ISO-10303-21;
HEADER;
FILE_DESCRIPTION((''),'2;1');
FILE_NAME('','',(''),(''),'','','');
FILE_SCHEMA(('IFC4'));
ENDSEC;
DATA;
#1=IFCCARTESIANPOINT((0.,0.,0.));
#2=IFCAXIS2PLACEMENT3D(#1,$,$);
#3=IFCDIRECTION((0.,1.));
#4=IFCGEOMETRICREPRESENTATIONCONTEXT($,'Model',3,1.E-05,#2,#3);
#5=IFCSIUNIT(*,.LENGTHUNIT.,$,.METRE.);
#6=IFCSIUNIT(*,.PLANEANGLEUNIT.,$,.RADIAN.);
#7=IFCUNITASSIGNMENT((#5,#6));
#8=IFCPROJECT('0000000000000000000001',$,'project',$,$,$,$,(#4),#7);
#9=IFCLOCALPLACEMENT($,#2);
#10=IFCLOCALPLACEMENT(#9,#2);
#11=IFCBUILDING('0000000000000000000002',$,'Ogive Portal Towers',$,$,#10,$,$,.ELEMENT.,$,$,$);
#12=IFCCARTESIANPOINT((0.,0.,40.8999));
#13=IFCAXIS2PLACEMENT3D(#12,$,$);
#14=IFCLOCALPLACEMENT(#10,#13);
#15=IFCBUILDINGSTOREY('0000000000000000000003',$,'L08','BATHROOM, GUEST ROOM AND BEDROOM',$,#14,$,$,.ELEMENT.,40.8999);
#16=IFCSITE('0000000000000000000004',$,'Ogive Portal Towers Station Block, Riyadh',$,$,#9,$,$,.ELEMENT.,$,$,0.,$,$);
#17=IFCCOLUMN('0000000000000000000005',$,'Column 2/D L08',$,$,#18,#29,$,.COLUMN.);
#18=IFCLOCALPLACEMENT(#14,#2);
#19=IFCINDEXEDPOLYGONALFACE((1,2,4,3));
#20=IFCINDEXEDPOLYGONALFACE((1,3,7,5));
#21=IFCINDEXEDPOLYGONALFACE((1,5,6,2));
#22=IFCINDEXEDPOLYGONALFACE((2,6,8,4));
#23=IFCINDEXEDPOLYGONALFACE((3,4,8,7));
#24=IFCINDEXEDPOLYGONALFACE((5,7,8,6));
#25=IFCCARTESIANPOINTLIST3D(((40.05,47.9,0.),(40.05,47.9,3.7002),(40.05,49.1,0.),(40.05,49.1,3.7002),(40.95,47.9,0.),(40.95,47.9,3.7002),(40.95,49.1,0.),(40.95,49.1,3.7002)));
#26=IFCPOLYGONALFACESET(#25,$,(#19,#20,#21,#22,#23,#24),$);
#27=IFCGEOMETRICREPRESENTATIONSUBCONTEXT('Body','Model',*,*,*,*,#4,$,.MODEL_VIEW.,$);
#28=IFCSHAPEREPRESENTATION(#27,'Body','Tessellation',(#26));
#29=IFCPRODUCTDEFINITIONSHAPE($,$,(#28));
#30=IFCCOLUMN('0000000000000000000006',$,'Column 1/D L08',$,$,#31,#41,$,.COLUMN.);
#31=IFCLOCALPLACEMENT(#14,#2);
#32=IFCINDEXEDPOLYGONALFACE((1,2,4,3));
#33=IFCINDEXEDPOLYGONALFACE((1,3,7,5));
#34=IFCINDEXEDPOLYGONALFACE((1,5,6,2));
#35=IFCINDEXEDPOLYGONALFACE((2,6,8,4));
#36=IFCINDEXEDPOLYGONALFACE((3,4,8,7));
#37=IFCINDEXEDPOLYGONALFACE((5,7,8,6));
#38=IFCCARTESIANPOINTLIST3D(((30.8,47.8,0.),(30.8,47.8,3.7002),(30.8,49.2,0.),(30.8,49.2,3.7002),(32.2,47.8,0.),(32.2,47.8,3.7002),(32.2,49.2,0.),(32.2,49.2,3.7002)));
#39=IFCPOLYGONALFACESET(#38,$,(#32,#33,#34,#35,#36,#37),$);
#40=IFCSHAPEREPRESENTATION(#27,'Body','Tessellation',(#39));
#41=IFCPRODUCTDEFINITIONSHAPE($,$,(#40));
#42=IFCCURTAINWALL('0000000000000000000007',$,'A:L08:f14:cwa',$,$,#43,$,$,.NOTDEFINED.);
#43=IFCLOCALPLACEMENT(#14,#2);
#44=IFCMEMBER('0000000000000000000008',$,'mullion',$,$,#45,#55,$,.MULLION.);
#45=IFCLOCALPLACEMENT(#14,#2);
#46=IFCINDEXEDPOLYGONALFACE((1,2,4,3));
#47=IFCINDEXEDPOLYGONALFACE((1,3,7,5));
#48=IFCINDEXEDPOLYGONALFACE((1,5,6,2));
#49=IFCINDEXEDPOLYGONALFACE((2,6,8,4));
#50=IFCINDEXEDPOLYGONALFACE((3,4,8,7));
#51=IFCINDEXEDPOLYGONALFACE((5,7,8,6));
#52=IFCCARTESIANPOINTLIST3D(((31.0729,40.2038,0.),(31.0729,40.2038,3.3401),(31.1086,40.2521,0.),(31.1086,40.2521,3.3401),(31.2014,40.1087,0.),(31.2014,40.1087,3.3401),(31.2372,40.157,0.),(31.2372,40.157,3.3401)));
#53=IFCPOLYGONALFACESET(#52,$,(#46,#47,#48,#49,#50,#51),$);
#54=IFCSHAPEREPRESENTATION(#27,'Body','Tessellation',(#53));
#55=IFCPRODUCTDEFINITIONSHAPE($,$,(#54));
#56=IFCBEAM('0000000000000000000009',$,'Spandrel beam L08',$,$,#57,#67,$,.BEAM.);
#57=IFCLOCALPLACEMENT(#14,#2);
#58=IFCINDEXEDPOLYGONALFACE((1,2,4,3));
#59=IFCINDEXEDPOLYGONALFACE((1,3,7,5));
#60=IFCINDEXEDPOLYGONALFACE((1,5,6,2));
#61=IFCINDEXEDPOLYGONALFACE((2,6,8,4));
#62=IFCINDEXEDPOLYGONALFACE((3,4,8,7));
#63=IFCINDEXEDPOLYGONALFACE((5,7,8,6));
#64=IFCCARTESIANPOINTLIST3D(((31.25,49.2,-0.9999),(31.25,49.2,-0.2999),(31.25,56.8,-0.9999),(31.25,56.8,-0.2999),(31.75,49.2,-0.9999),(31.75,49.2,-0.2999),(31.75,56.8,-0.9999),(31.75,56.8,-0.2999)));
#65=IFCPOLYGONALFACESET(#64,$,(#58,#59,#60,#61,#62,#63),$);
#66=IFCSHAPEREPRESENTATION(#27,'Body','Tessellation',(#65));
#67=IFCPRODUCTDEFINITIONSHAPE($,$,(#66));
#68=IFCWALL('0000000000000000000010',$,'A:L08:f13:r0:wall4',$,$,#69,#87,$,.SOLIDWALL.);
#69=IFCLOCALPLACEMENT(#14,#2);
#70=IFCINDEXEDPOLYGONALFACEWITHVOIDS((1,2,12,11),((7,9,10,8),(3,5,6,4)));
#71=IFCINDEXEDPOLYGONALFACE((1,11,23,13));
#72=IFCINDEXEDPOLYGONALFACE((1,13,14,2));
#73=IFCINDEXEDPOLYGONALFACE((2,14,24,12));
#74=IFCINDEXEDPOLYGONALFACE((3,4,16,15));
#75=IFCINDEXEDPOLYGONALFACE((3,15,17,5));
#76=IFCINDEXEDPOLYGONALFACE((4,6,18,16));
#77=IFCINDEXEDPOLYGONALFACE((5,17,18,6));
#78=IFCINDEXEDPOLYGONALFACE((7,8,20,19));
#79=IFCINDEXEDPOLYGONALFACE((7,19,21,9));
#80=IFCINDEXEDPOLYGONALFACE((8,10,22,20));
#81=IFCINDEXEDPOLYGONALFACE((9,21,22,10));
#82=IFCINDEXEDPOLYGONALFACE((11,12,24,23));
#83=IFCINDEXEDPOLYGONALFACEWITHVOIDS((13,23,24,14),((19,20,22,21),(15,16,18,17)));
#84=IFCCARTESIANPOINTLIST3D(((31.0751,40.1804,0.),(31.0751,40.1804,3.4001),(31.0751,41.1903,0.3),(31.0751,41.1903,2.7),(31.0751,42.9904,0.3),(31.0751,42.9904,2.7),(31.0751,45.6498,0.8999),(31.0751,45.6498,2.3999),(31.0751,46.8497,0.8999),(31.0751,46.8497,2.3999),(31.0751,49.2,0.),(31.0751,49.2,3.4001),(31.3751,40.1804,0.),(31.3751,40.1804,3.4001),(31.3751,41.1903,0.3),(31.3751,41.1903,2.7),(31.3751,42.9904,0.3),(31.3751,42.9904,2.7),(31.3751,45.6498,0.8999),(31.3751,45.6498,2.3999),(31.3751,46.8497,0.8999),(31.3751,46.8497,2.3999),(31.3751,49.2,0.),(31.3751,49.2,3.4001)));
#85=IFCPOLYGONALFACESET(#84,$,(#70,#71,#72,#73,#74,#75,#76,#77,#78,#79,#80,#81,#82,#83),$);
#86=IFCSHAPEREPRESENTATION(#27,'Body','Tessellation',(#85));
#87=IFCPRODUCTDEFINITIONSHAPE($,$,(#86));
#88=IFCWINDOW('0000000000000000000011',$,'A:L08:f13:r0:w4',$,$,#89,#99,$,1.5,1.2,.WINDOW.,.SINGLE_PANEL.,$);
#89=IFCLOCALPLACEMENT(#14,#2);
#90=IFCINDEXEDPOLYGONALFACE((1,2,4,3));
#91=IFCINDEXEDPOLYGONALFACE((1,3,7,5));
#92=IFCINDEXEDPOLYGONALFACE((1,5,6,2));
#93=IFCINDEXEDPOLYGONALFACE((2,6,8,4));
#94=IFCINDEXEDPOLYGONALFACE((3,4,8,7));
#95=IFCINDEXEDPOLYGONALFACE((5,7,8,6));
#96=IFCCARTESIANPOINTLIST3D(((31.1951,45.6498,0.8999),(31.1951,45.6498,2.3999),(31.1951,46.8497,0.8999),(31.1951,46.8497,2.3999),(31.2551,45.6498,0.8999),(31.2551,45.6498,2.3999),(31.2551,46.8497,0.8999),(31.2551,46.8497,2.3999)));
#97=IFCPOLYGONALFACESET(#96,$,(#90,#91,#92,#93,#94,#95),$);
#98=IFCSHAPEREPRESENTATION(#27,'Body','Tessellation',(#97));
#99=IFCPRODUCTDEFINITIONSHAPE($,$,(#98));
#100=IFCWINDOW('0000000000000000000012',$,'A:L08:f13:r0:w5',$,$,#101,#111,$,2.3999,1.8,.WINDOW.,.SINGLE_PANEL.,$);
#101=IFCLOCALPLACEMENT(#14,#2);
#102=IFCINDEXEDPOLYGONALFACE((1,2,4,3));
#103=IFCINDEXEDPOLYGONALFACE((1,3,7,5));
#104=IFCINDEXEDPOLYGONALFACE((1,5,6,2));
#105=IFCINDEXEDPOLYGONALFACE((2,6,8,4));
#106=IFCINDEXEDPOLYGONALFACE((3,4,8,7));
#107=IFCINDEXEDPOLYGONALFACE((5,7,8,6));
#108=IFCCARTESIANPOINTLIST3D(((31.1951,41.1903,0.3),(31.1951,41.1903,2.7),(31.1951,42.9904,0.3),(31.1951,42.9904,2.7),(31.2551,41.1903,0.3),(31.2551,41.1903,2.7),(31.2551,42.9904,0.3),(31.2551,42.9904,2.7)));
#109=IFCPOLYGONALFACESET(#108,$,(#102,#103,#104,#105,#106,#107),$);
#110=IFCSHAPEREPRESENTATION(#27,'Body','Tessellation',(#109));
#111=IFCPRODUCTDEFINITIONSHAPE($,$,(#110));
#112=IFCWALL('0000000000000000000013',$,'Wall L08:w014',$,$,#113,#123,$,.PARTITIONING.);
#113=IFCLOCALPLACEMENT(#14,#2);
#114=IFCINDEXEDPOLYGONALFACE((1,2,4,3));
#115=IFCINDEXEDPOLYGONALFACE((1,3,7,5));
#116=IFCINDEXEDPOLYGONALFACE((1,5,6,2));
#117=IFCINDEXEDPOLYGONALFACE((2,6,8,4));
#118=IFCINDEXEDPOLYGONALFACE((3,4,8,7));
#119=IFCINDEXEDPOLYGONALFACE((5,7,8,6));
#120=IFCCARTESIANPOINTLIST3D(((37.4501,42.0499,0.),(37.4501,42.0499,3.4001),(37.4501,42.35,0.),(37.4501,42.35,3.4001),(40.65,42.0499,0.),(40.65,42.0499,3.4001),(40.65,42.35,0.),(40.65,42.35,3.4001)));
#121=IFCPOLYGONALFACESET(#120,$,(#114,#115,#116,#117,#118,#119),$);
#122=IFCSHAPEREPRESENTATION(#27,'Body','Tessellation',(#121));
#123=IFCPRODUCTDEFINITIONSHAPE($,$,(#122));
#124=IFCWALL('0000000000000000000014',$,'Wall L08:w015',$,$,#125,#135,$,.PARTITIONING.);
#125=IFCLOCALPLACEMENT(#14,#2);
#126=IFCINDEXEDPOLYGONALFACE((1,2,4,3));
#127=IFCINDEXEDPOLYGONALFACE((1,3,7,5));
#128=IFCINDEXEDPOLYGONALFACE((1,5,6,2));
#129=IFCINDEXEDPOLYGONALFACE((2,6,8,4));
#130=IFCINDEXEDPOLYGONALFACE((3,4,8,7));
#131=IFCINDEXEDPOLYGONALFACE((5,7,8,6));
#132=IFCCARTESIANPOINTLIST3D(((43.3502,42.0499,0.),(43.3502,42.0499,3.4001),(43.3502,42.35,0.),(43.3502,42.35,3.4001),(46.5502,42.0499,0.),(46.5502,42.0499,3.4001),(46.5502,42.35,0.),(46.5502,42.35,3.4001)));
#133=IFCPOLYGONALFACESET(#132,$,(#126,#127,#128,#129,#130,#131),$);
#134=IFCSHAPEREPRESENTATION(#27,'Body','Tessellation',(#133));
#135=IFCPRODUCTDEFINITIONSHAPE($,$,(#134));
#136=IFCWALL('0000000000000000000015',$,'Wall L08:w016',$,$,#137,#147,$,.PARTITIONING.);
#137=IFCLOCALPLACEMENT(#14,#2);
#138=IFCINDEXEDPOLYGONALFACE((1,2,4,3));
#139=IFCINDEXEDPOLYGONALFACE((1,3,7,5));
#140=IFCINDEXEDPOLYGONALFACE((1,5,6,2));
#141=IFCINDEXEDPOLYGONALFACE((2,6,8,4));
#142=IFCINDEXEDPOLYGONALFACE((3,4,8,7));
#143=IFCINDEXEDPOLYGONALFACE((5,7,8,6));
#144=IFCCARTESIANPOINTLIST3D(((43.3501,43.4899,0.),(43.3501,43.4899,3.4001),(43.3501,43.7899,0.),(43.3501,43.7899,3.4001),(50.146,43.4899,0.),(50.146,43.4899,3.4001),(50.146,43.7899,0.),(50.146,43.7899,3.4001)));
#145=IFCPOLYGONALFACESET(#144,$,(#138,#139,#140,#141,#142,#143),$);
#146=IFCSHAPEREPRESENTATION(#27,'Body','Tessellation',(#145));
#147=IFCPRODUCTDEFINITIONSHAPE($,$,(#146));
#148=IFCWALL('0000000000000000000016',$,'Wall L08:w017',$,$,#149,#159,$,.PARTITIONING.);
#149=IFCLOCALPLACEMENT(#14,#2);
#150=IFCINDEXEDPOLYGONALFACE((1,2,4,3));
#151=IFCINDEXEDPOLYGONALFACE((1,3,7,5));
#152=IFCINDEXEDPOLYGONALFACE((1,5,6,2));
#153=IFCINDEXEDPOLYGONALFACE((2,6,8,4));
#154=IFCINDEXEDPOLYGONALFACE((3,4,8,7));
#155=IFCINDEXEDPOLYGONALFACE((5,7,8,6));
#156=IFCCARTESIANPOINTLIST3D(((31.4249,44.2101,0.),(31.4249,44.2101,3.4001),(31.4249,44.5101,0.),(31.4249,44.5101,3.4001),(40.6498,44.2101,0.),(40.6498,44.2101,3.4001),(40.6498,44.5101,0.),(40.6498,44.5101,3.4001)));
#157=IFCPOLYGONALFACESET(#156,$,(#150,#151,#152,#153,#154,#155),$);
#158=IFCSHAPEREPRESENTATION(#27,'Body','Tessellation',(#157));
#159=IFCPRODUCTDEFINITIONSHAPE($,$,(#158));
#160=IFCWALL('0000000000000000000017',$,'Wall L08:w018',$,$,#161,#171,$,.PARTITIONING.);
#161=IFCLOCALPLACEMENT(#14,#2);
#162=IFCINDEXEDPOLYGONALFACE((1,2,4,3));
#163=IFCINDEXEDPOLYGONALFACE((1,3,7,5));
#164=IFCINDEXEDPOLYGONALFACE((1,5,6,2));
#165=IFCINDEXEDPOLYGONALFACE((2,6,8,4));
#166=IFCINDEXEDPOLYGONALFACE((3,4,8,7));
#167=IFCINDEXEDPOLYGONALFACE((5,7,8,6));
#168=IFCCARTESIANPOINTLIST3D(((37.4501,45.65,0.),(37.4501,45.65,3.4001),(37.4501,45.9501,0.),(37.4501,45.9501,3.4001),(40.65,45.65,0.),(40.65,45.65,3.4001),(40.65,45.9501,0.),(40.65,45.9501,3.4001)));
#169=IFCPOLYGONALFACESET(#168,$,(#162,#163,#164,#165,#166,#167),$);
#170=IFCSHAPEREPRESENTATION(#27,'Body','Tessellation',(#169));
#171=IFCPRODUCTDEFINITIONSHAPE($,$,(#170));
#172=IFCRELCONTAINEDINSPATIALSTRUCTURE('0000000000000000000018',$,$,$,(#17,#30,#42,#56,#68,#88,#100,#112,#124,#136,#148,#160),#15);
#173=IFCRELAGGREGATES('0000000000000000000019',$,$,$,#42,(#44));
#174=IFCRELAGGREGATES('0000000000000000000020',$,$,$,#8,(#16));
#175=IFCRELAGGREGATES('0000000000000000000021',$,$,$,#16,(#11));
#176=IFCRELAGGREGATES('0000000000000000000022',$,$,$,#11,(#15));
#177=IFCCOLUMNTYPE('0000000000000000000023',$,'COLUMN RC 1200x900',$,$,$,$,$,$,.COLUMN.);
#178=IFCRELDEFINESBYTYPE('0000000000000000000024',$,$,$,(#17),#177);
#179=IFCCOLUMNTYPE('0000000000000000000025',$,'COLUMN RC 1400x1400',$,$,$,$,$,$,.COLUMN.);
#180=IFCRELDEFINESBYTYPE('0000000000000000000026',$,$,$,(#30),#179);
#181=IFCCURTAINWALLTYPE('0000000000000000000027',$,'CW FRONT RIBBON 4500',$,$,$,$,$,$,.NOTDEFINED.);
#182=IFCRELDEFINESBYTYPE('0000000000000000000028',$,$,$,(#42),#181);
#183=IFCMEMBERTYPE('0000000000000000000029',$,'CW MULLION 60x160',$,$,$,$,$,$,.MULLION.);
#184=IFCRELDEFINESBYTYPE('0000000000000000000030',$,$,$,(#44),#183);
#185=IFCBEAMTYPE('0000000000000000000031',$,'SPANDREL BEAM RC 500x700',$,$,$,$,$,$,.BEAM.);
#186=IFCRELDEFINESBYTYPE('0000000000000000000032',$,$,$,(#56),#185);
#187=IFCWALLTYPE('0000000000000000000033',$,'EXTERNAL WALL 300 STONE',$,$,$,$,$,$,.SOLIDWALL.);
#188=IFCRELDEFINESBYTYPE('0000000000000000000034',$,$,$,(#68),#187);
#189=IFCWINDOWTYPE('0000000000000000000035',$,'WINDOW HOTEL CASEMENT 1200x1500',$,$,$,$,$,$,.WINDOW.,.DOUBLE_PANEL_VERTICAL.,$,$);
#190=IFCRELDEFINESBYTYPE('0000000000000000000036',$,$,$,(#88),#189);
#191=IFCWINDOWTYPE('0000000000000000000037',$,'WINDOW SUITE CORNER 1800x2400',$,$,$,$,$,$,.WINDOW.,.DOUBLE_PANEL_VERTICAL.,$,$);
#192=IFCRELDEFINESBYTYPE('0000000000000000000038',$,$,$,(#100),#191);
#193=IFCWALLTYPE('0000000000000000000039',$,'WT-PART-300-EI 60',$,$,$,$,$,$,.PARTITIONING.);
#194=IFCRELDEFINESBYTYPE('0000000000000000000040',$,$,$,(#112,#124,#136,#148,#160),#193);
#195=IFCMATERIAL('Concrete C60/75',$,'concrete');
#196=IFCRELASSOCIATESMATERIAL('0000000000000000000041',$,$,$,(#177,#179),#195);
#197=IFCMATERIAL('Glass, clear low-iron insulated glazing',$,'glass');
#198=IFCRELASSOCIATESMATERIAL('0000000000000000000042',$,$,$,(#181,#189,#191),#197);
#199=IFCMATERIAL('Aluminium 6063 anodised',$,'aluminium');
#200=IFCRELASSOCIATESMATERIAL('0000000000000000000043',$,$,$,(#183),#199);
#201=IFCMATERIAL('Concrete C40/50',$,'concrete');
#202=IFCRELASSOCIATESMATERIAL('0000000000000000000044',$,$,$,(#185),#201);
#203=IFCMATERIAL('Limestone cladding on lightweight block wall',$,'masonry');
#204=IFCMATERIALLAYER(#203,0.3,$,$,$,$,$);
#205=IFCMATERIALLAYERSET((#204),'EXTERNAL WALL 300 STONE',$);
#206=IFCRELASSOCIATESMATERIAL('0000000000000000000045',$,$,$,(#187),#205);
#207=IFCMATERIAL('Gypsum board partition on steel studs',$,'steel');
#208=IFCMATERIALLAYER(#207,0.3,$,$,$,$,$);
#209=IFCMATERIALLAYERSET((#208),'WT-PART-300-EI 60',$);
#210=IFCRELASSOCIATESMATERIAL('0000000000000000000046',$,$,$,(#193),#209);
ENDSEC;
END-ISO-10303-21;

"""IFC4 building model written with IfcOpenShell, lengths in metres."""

from ifc_helpers import new_model, si_unit, direction, frame, frame_2d, origin, origin_2d, place, context, subcontext, project, spatial, rectangle, extrude, material, layer, layer_set, material_profile, profile_set, type_object, element, fill, aggregate, save


model = new_model("IFC4")

# Units and contexts
model_context = context("Model", 3, precision=1e-05, world=origin(), true_north=direction((0.0, 1.0)))
body_context = subcontext(model_context, "Body", "Model", "MODEL_VIEW")
ifc_project = project(units=[si_unit("LENGTHUNIT", "METRE"), si_unit("PLANEANGLEUNIT", "RADIAN")], contexts=[model_context])

# Site, building, storey
site_placement = place(None, origin())
site = spatial("IfcSite", under=ifc_project, at=site_placement, Name="Ogive Portal Towers Station Block, Riyadh", CompositionType="ELEMENT", RefElevation=0.0)
building_placement = place(site_placement, origin())
building = spatial("IfcBuilding", under=site, at=building_placement, Name="Ogive Portal Towers", CompositionType="ELEMENT")
storey_placement = place(building_placement, frame((0.0, 0.0, 40.8999)))
storey = spatial("IfcBuildingStorey", under=building, at=storey_placement, Name="L08", Description="BATHROOM, GUEST ROOM AND BEDROOM", CompositionType="ELEMENT", Elevation=40.8999)

# Columns
ifc_material_1 = material(Name="Concrete C60/75", Category="concrete")
ifc_material_profile_1 = material_profile(ifc_material_1, rectangle(XDim=1.2, YDim=0.8999, at=origin_2d()), Name="RC 1200x900")
ifc_profile_set_1 = profile_set([ifc_material_profile_1], Name="Concrete C60/75")
column_type_1 = type_object("IfcColumnType", Name="COLUMN RC 1200x900", PredefinedType="COLUMN", material=ifc_profile_set_1)
column_1_placement = place(storey_placement, frame((40.5, 48.5, 0.0), z_axis=(0.0, 0.0, 1.0), x_axis=(0.0, 1.0, 0.0)))
element("IfcColumn", 1, at=column_1_placement, inside=storey, type_object=column_type_1, Name="Column 2/D L08", PredefinedType="COLUMN", context=body_context, shape_type="SweptSolid", body=[
    extrude(rectangle(XDim=1.2, YDim=0.8999, at=origin_2d()), origin(), (0.0, 0.0, 1.0), 3.7002),
])
ifc_material_profile_2 = material_profile(ifc_material_1, rectangle(XDim=1.3999, YDim=1.3999, at=origin_2d()), Name="RC 1400x1400")
ifc_profile_set_2 = profile_set([ifc_material_profile_2], Name="Concrete C60/75")
column_type_2 = type_object("IfcColumnType", Name="COLUMN RC 1400x1400", PredefinedType="COLUMN", material=ifc_profile_set_2)
column_2_placement = place(storey_placement, frame((31.5, 48.5, 0.0), z_axis=(0.0, 0.0, 1.0), x_axis=(1.0, 0.0, 0.0)))
element("IfcColumn", 2, at=column_2_placement, inside=storey, type_object=column_type_2, Name="Column 1/D L08", PredefinedType="COLUMN", context=body_context, shape_type="SweptSolid", body=[
    extrude(rectangle(XDim=1.3999, YDim=1.3999, at=origin_2d()), origin(), (0.0, 0.0, 1.0), 3.7002),
])

# Curtain wall, member
ifc_material_2 = material(Name="Glass, clear low-iron insulated glazing", Category="glass")
curtain_wall_type = type_object("IfcCurtainWallType", Name="CW FRONT RIBBON 4500", PredefinedType="NOTDEFINED", material=ifc_material_2)
curtain_wall_placement = place(storey_placement, origin())
curtain_wall = element("IfcCurtainWall", 3, at=curtain_wall_placement, inside=storey, type_object=curtain_wall_type, Name="A:L08:f14:cwa", PredefinedType="NOTDEFINED")
ifc_material_3 = material(Name="Aluminium 6063 anodised", Category="aluminium")
ifc_material_profile_3 = material_profile(ifc_material_3, rectangle(XDim=0.1599, YDim=0.0601, at=origin_2d()), Name="AL 60x160")
ifc_profile_set_3 = profile_set([ifc_material_profile_3], Name="Aluminium 6063 anodised")
member_type = type_object("IfcMemberType", Name="CW MULLION 60x160", PredefinedType="MULLION", material=ifc_profile_set_3)
member_placement = place(storey_placement, frame((31.155, 40.1804, 0.0), z_axis=(0.0, 0.0, 1.0), x_axis=(0.803867, -0.594809, 0.0)))
member = element("IfcMember", 4, at=member_placement, type_object=member_type, Name="mullion", PredefinedType="MULLION", context=body_context, shape_type="SweptSolid", body=[
    extrude(rectangle(XDim=0.1599, YDim=0.0601, at=origin_2d()), origin(), (0.0, 0.0, 1.0), 3.3401),
])
aggregate(curtain_wall, [member])

# Beam
ifc_material_4 = material(Name="Concrete C40/50", Category="concrete")
ifc_material_profile_4 = material_profile(ifc_material_4, rectangle(XDim=0.5, YDim=0.7, at=origin_2d()), Name="RC 500x700")
ifc_profile_set_4 = profile_set([ifc_material_profile_4], Name="Concrete C40/50")
beam_type = type_object("IfcBeamType", Name="SPANDREL BEAM RC 500x700", PredefinedType="BEAM", material=ifc_profile_set_4)
beam_placement = place(storey_placement, frame((31.5, 49.2, -0.6499), z_axis=(0.0, 1.0, 0.0), x_axis=(-1.0, 0.0, 0.0)))
element("IfcBeam", 5, at=beam_placement, inside=storey, type_object=beam_type, Name="Spandrel beam L08", PredefinedType="BEAM", context=body_context, shape_type="SweptSolid", body=[
    extrude(rectangle(XDim=0.5, YDim=0.7, at=origin_2d()), origin(), (0.0, 0.0, 1.0), 7.6001),
])

# Wall, openings, windows
ifc_material_5 = material(Name="Limestone cladding on lightweight block wall", Category="masonry")
ifc_layer_1 = layer(ifc_material_5, 0.3)
ifc_layer_set_1 = layer_set([ifc_layer_1], Name="EXTERNAL WALL 300 STONE")
wall_type_1 = type_object("IfcWallType", Name="EXTERNAL WALL 300 STONE", PredefinedType="SOLIDWALL", material=ifc_layer_set_1)
wall_1_placement = place(storey_placement, frame((31.2251, 49.2, 0.0), z_axis=(0.0, 0.0, 1.0), x_axis=(0.0, -1.0, 0.0)))
wall_1 = element("IfcWall", 6, at=wall_1_placement, inside=storey, type_object=wall_type_1, Name="A:L08:f13:r0:wall4", PredefinedType="SOLIDWALL", context=body_context, shape_type="SweptSolid", body=[
    extrude(rectangle(XDim=9.0195, YDim=0.3, at=frame_2d((4.5098, 0.0))), origin(), (0.0, 0.0, 1.0), 3.4001),
])
opening_1_placement = place(wall_1_placement, frame((2.3501, 0.0, 0.8999)))
opening_1 = element("IfcOpeningElement", 7, at=opening_1_placement, cuts=wall_1, PredefinedType="OPENING", context=body_context, shape_type="SweptSolid", body=[
    extrude(rectangle(XDim=1.2, YDim=1.5, at=frame_2d((0.6001, 0.75))), frame((0.0, 0.1602, 0.0), z_axis=(0.0, -1.0, 0.0), x_axis=(1.0, 0.0, 0.0)), (0.0, 0.0, 1.0), 0.3201),
])
opening_2_placement = place(wall_1_placement, frame((6.2097, 0.0, 0.3)))
opening_2 = element("IfcOpeningElement", 8, at=opening_2_placement, cuts=wall_1, PredefinedType="OPENING", context=body_context, shape_type="SweptSolid", body=[
    extrude(rectangle(XDim=1.8, YDim=2.3999, at=frame_2d((0.8999, 1.2))), frame((0.0, 0.1602, 0.0), z_axis=(0.0, -1.0, 0.0), x_axis=(1.0, 0.0, 0.0)), (0.0, 0.0, 1.0), 0.3201),
])
window_type_1 = type_object("IfcWindowType", Name="WINDOW HOTEL CASEMENT 1200x1500", PartitioningType="DOUBLE_PANEL_VERTICAL", PredefinedType="WINDOW", material=ifc_material_2)
window_1_placement = place(opening_1_placement, origin())
window_1 = element("IfcWindow", 9, at=window_1_placement, inside=storey, type_object=window_type_1, Name="A:L08:f13:r0:w4", OverallHeight=1.5, OverallWidth=1.2, PartitioningType="SINGLE_PANEL", PredefinedType="WINDOW", context=body_context, shape_type="SweptSolid", body=[
    extrude(rectangle(XDim=1.2, YDim=1.5, at=frame_2d((0.6001, 0.75))), frame((0.0, 0.03, 0.0), z_axis=(0.0, -1.0, 0.0), x_axis=(1.0, 0.0, 0.0)), (0.0, 0.0, 1.0), 0.0601),
])
fill(opening_1, window_1)
window_type_2 = type_object("IfcWindowType", Name="WINDOW SUITE CORNER 1800x2400", PartitioningType="DOUBLE_PANEL_VERTICAL", PredefinedType="WINDOW", material=ifc_material_2)
window_2_placement = place(opening_2_placement, origin())
window_2 = element("IfcWindow", 10, at=window_2_placement, inside=storey, type_object=window_type_2, Name="A:L08:f13:r0:w5", OverallHeight=2.3999, OverallWidth=1.8, PartitioningType="SINGLE_PANEL", PredefinedType="WINDOW", context=body_context, shape_type="SweptSolid", body=[
    extrude(rectangle(XDim=1.8, YDim=2.3999, at=frame_2d((0.8999, 1.2))), frame((0.0, 0.03, 0.0), z_axis=(0.0, -1.0, 0.0), x_axis=(1.0, 0.0, 0.0)), (0.0, 0.0, 1.0), 0.0601),
])
fill(opening_2, window_2)

# Walls
ifc_material_6 = material(Name="Gypsum board partition on steel studs", Category="steel")
ifc_layer_2 = layer(ifc_material_6, 0.3)
ifc_layer_set_2 = layer_set([ifc_layer_2], Name="WT-PART-300-EI 60")
wall_type_2 = type_object("IfcWallType", Name="WT-PART-300-EI 60", PredefinedType="PARTITIONING", material=ifc_layer_set_2)
for number, where, z_axis, x_axis, name in (
    (11, (37.45, 42.2, 0.0), (0.0, 0.0, 1.0), (1.0, 0.0, 0.0), "Wall L08:w014"),
    (12, (43.3501, 42.2, 0.0), (0.0, 0.0, 1.0), (1.0, 0.0, 0.0), "Wall L08:w015"),
):
    element("IfcWall", number, at=place(storey_placement, frame(where, z_axis=z_axis, x_axis=x_axis)), inside=storey, type_object=wall_type_2, Name=name, PredefinedType="PARTITIONING", context=body_context, shape_type="SweptSolid", body=[
        extrude(rectangle(XDim=3.2, YDim=0.3, at=frame_2d((1.6001, 0.0))), origin(), (0.0, 0.0, 1.0), 3.4001),
    ])
wall_2_placement = place(storey_placement, frame((43.3501, 43.6399, 0.0), z_axis=(0.0, 0.0, 1.0), x_axis=(1.0, 0.0, 0.0)))
element("IfcWall", 13, at=wall_2_placement, inside=storey, type_object=wall_type_2, Name="Wall L08:w016", PredefinedType="PARTITIONING", context=body_context, shape_type="SweptSolid", body=[
    extrude(rectangle(XDim=6.7959, YDim=0.3, at=frame_2d((3.3979, 0.0))), origin(), (0.0, 0.0, 1.0), 3.4001),
])
wall_3_placement = place(storey_placement, frame((31.425, 44.3601, 0.0), z_axis=(0.0, 0.0, 1.0), x_axis=(1.0, 0.0, 0.0)))
element("IfcWall", 14, at=wall_3_placement, inside=storey, type_object=wall_type_2, Name="Wall L08:w017", PredefinedType="PARTITIONING", context=body_context, shape_type="SweptSolid", body=[
    extrude(rectangle(XDim=9.2249, YDim=0.3, at=frame_2d((4.6123, 0.0))), origin(), (0.0, 0.0, 1.0), 3.4001),
])
for number, where, z_axis, x_axis, name in (
    (15, (37.45, 45.8, 0.0), (0.0, 0.0, 1.0), (1.0, 0.0, 0.0), "Wall L08:w018"),
):
    element("IfcWall", number, at=place(storey_placement, frame(where, z_axis=z_axis, x_axis=x_axis)), inside=storey, type_object=wall_type_2, Name=name, PredefinedType="PARTITIONING", context=body_context, shape_type="SweptSolid", body=[
        extrude(rectangle(XDim=3.2, YDim=0.3, at=frame_2d((1.6001, 0.0))), origin(), (0.0, 0.0, 1.0), 3.4001),
    ])

save(model, "model.ifc")
